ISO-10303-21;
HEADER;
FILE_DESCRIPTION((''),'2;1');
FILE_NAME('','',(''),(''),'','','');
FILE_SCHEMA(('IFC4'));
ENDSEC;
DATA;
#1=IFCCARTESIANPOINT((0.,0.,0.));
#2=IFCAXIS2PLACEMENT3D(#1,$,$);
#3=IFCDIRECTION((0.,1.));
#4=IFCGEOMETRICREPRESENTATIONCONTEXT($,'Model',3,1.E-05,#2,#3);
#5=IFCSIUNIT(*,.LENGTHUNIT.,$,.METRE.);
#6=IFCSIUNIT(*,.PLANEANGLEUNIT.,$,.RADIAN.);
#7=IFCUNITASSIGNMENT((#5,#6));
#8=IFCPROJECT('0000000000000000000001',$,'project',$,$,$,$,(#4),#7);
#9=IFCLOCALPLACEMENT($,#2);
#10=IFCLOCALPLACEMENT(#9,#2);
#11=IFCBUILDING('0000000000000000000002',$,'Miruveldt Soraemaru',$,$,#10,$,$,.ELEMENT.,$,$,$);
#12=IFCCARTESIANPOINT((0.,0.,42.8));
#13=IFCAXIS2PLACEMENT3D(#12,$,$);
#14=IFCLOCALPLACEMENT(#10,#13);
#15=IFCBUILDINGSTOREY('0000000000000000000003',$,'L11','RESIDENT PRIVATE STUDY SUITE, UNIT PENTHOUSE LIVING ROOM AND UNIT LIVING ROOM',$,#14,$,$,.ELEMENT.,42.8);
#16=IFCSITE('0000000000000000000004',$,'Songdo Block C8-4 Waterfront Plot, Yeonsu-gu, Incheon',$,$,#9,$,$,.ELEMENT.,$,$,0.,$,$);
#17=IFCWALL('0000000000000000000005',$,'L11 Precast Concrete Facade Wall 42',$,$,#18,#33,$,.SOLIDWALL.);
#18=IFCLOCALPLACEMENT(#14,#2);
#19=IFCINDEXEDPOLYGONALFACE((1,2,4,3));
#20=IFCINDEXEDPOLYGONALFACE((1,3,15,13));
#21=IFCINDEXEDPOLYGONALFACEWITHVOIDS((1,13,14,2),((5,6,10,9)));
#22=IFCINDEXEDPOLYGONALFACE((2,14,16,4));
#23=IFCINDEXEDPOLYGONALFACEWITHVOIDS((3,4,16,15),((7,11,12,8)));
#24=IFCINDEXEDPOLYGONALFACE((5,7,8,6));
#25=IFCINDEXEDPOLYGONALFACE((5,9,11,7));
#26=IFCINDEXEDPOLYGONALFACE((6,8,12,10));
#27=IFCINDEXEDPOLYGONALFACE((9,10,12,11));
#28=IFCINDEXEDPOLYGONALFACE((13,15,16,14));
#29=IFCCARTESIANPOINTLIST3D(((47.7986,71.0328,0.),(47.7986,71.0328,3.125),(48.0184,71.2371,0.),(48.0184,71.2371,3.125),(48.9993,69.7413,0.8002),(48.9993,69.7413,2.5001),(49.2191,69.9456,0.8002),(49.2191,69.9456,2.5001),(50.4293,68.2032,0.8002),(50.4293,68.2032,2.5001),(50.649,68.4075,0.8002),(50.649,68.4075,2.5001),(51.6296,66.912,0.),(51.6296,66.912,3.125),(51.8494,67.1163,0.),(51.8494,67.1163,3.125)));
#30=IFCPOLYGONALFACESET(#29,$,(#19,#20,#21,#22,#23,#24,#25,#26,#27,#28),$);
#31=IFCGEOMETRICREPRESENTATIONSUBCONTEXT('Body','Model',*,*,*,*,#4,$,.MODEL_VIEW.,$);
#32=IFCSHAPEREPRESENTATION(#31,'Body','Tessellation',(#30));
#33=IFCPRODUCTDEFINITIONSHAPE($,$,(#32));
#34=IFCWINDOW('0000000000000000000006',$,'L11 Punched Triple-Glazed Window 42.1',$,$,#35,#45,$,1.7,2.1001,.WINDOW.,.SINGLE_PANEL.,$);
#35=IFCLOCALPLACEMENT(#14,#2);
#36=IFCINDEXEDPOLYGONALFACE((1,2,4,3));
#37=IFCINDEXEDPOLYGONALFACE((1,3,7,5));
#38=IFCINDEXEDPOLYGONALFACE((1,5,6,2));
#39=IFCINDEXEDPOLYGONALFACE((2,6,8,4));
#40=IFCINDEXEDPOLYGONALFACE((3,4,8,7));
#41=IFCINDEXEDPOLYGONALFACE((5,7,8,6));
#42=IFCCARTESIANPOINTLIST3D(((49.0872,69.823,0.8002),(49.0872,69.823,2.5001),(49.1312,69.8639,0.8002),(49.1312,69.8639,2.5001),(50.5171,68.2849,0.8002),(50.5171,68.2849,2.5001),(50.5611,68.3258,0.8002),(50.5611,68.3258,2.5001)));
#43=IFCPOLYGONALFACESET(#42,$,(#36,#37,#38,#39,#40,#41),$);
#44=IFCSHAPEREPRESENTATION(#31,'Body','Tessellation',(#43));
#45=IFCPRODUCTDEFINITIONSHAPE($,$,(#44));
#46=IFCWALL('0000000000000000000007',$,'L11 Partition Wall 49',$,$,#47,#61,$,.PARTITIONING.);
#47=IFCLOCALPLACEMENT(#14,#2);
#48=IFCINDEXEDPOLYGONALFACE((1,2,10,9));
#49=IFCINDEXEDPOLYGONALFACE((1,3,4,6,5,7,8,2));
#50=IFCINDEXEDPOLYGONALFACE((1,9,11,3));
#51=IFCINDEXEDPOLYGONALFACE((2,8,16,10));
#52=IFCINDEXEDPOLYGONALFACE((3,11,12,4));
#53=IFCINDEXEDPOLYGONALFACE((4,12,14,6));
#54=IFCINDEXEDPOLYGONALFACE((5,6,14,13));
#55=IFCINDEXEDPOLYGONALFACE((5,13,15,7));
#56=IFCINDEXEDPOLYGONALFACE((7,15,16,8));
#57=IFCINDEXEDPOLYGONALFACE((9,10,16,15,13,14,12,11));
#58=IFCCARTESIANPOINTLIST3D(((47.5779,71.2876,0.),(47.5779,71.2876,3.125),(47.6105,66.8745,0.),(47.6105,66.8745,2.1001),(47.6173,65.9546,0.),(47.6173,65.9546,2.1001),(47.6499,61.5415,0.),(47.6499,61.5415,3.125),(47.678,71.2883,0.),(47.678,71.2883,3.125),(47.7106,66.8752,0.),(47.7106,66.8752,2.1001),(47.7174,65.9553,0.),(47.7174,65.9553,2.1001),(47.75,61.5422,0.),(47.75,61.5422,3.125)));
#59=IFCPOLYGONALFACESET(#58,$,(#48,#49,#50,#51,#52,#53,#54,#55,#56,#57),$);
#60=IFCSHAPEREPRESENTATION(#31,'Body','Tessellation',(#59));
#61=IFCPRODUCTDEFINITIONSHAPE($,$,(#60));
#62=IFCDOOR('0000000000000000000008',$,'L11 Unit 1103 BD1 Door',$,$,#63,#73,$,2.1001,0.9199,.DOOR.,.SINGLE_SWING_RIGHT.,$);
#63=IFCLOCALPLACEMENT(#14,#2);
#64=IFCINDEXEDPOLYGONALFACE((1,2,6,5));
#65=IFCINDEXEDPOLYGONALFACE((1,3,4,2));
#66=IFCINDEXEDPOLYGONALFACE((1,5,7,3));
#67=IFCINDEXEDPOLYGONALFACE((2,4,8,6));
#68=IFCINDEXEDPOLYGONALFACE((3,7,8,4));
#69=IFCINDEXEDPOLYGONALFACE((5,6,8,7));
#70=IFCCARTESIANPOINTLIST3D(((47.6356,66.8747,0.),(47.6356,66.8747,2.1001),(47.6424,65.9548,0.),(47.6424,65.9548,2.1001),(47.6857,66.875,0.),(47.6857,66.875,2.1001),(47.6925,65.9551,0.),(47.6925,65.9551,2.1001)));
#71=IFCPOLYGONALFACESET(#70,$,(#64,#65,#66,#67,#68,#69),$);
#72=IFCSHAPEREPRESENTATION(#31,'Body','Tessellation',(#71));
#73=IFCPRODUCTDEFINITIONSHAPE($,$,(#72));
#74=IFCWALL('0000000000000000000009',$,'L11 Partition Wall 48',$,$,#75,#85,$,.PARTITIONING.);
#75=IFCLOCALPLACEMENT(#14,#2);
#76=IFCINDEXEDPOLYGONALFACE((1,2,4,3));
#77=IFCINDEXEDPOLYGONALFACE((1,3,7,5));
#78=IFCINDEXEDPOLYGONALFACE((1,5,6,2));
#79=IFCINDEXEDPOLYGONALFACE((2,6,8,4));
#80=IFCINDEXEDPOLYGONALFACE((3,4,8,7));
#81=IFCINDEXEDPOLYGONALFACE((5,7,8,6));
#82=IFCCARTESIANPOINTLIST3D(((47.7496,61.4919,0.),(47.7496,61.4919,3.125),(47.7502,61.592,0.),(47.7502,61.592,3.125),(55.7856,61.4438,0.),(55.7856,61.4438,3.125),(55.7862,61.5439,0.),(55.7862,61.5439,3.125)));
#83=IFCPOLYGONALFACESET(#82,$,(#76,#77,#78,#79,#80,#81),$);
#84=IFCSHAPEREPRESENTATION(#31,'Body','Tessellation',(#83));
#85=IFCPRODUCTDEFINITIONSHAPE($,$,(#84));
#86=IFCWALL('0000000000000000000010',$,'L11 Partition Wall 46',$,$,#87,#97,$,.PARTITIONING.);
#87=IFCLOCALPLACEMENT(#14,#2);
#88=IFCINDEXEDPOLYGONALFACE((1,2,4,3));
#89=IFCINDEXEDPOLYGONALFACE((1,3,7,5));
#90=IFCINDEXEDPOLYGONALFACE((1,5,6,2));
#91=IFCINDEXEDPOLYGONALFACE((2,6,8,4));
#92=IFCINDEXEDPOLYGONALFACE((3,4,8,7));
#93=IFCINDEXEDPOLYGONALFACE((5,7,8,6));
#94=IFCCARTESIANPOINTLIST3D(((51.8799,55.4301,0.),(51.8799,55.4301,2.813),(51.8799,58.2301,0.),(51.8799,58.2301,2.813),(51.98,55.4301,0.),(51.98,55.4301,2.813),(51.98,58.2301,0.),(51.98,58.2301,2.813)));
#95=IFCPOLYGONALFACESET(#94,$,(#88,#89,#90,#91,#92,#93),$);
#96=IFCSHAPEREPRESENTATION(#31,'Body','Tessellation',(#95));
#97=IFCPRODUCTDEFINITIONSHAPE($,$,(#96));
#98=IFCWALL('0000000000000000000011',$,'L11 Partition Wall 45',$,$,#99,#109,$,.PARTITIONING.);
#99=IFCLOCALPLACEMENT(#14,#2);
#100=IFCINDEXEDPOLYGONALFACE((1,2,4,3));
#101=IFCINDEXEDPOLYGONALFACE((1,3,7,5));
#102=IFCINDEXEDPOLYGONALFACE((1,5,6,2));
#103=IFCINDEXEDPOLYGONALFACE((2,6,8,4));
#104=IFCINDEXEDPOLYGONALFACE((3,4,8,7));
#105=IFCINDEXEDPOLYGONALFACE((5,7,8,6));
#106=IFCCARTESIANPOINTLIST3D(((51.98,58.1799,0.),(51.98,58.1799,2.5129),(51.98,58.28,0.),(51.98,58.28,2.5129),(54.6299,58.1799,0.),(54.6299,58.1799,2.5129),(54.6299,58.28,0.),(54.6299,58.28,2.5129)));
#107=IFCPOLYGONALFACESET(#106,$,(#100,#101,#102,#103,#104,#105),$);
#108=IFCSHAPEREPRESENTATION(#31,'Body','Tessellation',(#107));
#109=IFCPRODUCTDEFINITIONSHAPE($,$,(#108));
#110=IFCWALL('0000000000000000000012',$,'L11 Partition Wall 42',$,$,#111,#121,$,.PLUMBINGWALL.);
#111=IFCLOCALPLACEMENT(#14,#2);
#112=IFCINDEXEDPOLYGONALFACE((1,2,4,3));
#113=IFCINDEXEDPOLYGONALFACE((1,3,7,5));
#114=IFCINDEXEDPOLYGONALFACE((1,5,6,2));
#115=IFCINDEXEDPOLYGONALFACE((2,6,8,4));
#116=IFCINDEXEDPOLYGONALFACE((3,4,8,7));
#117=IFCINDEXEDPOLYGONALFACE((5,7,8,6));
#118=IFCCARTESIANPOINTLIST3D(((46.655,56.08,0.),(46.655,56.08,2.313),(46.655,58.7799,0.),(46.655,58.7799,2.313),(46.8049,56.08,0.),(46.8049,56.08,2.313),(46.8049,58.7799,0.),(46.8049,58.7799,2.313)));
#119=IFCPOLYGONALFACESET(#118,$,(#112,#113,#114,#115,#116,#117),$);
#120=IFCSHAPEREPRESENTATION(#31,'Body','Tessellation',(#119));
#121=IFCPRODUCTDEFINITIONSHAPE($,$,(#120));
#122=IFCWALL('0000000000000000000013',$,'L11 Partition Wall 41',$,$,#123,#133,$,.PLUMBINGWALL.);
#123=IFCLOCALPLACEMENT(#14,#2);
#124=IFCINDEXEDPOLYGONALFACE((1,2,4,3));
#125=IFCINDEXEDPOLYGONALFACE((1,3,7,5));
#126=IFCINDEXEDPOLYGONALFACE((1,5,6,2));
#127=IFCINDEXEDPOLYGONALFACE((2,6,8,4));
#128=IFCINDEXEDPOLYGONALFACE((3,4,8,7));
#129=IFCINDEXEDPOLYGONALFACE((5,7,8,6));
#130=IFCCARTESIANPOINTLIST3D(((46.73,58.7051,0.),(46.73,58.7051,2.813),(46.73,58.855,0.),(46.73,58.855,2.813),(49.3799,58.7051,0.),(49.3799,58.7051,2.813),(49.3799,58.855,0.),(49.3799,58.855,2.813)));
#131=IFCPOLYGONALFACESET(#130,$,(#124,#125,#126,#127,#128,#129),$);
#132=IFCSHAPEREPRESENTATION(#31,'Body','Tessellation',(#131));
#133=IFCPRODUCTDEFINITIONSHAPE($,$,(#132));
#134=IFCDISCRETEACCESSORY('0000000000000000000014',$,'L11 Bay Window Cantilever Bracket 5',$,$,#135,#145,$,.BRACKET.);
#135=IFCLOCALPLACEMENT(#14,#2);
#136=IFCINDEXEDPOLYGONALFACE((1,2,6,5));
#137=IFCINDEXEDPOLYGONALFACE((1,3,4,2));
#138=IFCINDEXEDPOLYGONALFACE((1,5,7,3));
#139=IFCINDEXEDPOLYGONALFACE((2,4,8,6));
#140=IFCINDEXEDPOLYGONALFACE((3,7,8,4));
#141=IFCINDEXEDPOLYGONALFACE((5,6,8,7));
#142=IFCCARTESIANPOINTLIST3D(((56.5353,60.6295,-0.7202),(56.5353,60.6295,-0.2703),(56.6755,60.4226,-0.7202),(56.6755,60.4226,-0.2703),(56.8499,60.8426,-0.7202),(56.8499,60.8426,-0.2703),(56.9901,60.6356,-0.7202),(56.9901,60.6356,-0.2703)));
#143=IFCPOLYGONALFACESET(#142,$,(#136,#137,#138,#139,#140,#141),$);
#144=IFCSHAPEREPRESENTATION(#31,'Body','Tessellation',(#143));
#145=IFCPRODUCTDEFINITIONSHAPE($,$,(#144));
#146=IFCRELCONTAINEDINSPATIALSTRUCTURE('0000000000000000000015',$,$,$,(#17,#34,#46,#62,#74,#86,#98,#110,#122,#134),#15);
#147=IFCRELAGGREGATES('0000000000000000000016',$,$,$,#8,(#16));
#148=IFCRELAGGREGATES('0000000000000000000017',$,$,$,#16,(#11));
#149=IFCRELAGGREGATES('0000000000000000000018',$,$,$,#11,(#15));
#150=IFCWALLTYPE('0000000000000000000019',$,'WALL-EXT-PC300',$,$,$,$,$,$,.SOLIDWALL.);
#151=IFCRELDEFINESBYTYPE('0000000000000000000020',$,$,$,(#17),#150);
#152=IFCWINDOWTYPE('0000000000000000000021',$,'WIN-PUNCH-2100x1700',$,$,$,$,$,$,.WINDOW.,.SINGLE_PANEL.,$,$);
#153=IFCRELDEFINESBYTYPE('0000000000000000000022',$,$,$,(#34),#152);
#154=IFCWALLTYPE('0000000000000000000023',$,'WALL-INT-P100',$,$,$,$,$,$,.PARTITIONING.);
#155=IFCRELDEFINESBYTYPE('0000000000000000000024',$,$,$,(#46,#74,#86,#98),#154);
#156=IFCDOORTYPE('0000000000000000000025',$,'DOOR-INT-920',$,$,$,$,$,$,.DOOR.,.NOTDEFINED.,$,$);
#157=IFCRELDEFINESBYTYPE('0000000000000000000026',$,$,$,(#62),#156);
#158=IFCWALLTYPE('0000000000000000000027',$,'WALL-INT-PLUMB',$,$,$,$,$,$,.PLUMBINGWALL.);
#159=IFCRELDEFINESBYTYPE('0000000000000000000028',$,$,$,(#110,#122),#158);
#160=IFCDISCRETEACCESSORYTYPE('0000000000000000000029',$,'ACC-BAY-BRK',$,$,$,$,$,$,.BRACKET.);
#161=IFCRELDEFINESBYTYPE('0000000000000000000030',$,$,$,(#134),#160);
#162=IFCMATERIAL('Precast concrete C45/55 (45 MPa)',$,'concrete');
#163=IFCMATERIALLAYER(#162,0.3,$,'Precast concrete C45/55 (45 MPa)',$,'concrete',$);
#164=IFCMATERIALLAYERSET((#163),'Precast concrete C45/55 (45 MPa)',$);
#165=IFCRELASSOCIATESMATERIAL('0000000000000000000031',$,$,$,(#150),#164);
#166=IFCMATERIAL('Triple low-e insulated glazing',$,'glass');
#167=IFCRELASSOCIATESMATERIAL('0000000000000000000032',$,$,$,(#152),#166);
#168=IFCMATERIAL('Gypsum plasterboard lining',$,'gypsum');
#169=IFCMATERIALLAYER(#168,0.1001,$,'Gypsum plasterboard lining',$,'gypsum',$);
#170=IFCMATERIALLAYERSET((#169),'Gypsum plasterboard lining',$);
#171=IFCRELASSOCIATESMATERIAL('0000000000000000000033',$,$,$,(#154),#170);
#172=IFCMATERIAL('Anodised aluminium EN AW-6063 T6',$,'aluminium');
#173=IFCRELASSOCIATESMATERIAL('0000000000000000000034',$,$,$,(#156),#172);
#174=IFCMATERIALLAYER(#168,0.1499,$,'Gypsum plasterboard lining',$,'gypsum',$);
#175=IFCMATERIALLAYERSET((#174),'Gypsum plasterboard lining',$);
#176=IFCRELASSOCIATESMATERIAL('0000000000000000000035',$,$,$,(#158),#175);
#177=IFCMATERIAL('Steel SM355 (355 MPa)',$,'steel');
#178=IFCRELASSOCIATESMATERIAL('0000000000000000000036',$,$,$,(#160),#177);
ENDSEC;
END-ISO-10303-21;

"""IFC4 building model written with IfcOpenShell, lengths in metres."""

from ifc_helpers import new_model, si_unit, direction, frame, frame_2d, origin, origin_2d, place, context, subcontext, project, spatial, rectangle, extrude, material, layer, layer_set, type_object, element, fill, save


model = new_model("IFC4")

# Units and contexts
model_context = context("Model", 3, precision=1e-05, world=origin(), true_north=direction((0.0, 1.0)))
body_context = subcontext(model_context, "Body", "Model", "MODEL_VIEW")
ifc_project = project(units=[si_unit("LENGTHUNIT", "METRE"), si_unit("PLANEANGLEUNIT", "RADIAN")], contexts=[model_context])

# Site, building, storey
site_placement = place(None, origin())
site = spatial("IfcSite", under=ifc_project, at=site_placement, Name="Songdo Block C8-4 Waterfront Plot, Yeonsu-gu, Incheon", CompositionType="ELEMENT", RefElevation=0.0)
building_placement = place(site_placement, origin())
building = spatial("IfcBuilding", under=site, at=building_placement, Name="Miruveldt Soraemaru", CompositionType="ELEMENT")
storey_placement = place(building_placement, frame((0.0, 0.0, 42.8)))
storey = spatial("IfcBuildingStorey", under=building, at=storey_placement, Name="L11", Description="RESIDENT PRIVATE STUDY SUITE, UNIT PENTHOUSE LIVING ROOM AND UNIT LIVING ROOM", CompositionType="ELEMENT", Elevation=42.8)

# Shared definitions
ifc_material_1 = material(Name="Steel SM355 (355 MPa)", Category="steel")

# Shared definitions
ifc_material_2 = material(Name="Triple low-e insulated glazing", Category="glass")
ifc_material_3 = material(Name="Precast concrete C45/55 (45 MPa)", Category="concrete")
ifc_layer_1 = layer(ifc_material_3, 0.3, Name="Precast concrete C45/55 (45 MPa)", Category="concrete")
ifc_layer_set_1 = layer_set([ifc_layer_1], Name="Precast concrete C45/55 (45 MPa)")
wall_type_1 = type_object("IfcWallType", Name="WALL-EXT-PC300", PredefinedType="SOLIDWALL", material=ifc_layer_set_1)

# Wall, opening, window
window_type_1 = type_object("IfcWindowType", Name="WIN-PUNCH-2100x1700", PartitioningType="SINGLE_PANEL", PredefinedType="WINDOW", material=ifc_material_2)
wall_1_placement = place(storey_placement, frame((51.7395, 67.0142, 0.0), z_axis=(0.0, 0.0, 1.0), x_axis=(-0.680885, 0.73239, 0.0)))
wall_1 = element("IfcWall", 1, at=wall_1_placement, inside=storey, type_object=wall_type_1, Name="L11 Precast Concrete Facade Wall 42", PredefinedType="SOLIDWALL", context=body_context, shape_type="SweptSolid", body=[
    extrude(rectangle(XDim=5.6265, YDim=0.3, at=frame_2d((2.8132, 0.0))), origin(), (0.0, 0.0, 1.0), 3.125),
])
opening_1_placement = place(wall_1_placement, frame((1.7629, 0.0, 0.8)))
opening_1 = element("IfcOpeningElement", 2, at=opening_1_placement, cuts=wall_1, PredefinedType="OPENING", context=body_context, shape_type="SweptSolid", body=[
    extrude(rectangle(XDim=2.1001, YDim=1.7, at=frame_2d((1.05, 0.8501))), frame((0.0, 0.1602, 0.0), z_axis=(0.0, -1.0, 0.0), x_axis=(1.0, 0.0, 0.0)), (0.0, 0.0, 1.0), 0.3201),
])
window_1_placement = place(opening_1_placement, origin())
window_1 = element("IfcWindow", 3, at=window_1_placement, inside=storey, type_object=window_type_1, Name="L11 Punched Triple-Glazed Window 42.1", OverallHeight=1.7, OverallWidth=2.1001, PartitioningType="SINGLE_PANEL", PredefinedType="WINDOW", context=body_context, shape_type="SweptSolid", body=[
    extrude(rectangle(XDim=2.1001, YDim=1.7, at=frame_2d((1.05, 0.8501))), frame((0.0, 0.03, 0.0), z_axis=(0.0, -1.0, 0.0), x_axis=(1.0, 0.0, 0.0)), (0.0, 0.0, 1.0), 0.0601),
])
fill(opening_1, window_1)

# Wall, opening, door
ifc_material_4 = material(Name="Gypsum plasterboard lining", Category="gypsum")
ifc_layer_2 = layer(ifc_material_4, 0.1001, Name="Gypsum plasterboard lining", Category="gypsum")
ifc_layer_set_2 = layer_set([ifc_layer_2], Name="Gypsum plasterboard lining")
wall_type_2 = type_object("IfcWallType", Name="WALL-INT-P100", PredefinedType="PARTITIONING", material=ifc_layer_set_2)
wall_2_placement = place(storey_placement, frame((47.7, 61.542, 0.0), z_axis=(0.0, 0.0, 1.0), x_axis=(-0.00739, 0.999973, 0.0)))
wall_2 = element("IfcWall", 4, at=wall_2_placement, inside=storey, type_object=wall_type_2, Name="L11 Partition Wall 49", PredefinedType="PARTITIONING", context=body_context, shape_type="SweptSolid", body=[
    extrude(rectangle(XDim=9.7463, YDim=0.1001, at=frame_2d((4.873, 0.0))), origin(), (0.0, 0.0, 1.0), 3.125),
])
opening_2_placement = place(wall_2_placement, frame((4.4131, 0.0, 0.0)))
opening_2 = element("IfcOpeningElement", 5, at=opening_2_placement, cuts=wall_2, PredefinedType="OPENING", context=body_context, shape_type="SweptSolid", body=[
    extrude(rectangle(XDim=0.9199, YDim=2.1001, at=frame_2d((0.46, 1.05))), frame((0.0, 0.0601, 0.0), z_axis=(0.0, -1.0, 0.0), x_axis=(1.0, 0.0, 0.0)), (0.0, 0.0, 1.0), 0.1201),
])
ifc_material_5 = material(Name="Anodised aluminium EN AW-6063 T6", Category="aluminium")
door_type = type_object("IfcDoorType", Name="DOOR-INT-920", OperationType="NOTDEFINED", PredefinedType="DOOR", material=ifc_material_5)
door_placement = place(opening_2_placement, origin())
door = element("IfcDoor", 6, at=door_placement, inside=storey, type_object=door_type, Name="L11 Unit 1103 BD1 Door", OperationType="SINGLE_SWING_RIGHT", OverallHeight=2.1001, OverallWidth=0.9199, PredefinedType="DOOR", context=body_context, shape_type="SweptSolid", body=[
    extrude(rectangle(XDim=0.9199, YDim=2.1001, at=frame_2d((0.46, 1.05))), frame((0.0, 0.0249, 0.0), z_axis=(0.0, -1.0, 0.0), x_axis=(1.0, 0.0, 0.0)), (0.0, 0.0, 1.0), 0.05),
])
fill(opening_2, door)

# Walls
wall_3_placement = place(storey_placement, frame((55.7859, 61.4939, 0.0), z_axis=(0.0, 0.0, 1.0), x_axis=(-0.999982, 0.005985, 0.0)))
element("IfcWall", 7, at=wall_3_placement, inside=storey, type_object=wall_type_2, Name="L11 Partition Wall 48", PredefinedType="PARTITIONING", context=body_context, shape_type="SweptSolid", body=[
    extrude(rectangle(XDim=8.0361, YDim=0.1001, at=frame_2d((4.0181, 0.0))), origin(), (0.0, 0.0, 1.0), 3.125),
])
wall_4_placement = place(storey_placement, frame((51.9299, 58.23, 0.0), z_axis=(0.0, 0.0, 1.0), x_axis=(0.0, -1.0, 0.0)))
element("IfcWall", 8, at=wall_4_placement, inside=storey, type_object=wall_type_2, Name="L11 Partition Wall 46", PredefinedType="PARTITIONING", context=body_context, shape_type="SweptSolid", body=[
    extrude(rectangle(XDim=2.8, YDim=0.1001, at=frame_2d((1.3999, 0.0))), origin(), (0.0, 0.0, 1.0), 2.813),
])
wall_5_placement = place(storey_placement, frame((54.6299, 58.23, 0.0), z_axis=(0.0, 0.0, 1.0), x_axis=(-1.0, 0.0, 0.0)))
element("IfcWall", 9, at=wall_5_placement, inside=storey, type_object=wall_type_2, Name="L11 Partition Wall 45", PredefinedType="PARTITIONING", context=body_context, shape_type="SweptSolid", body=[
    extrude(rectangle(XDim=2.6499, YDim=0.1001, at=frame_2d((1.325, 0.0))), origin(), (0.0, 0.0, 1.0), 2.5129),
])
ifc_layer_3 = layer(ifc_material_4, 0.1499, Name="Gypsum plasterboard lining", Category="gypsum")
ifc_layer_set_3 = layer_set([ifc_layer_3], Name="Gypsum plasterboard lining")
wall_type_3 = type_object("IfcWallType", Name="WALL-INT-PLUMB", PredefinedType="PLUMBINGWALL", material=ifc_layer_set_3)
wall_6_placement = place(storey_placement, frame((46.73, 58.78, 0.0), z_axis=(0.0, 0.0, 1.0), x_axis=(0.0, -1.0, 0.0)))
element("IfcWall", 10, at=wall_6_placement, inside=storey, type_object=wall_type_3, Name="L11 Partition Wall 42", PredefinedType="PLUMBINGWALL", context=body_context, shape_type="SweptSolid", body=[
    extrude(rectangle(XDim=2.7, YDim=0.1499, at=frame_2d((1.3501, 0.0))), origin(), (0.0, 0.0, 1.0), 2.313),
])
wall_7_placement = place(storey_placement, frame((49.3799, 58.78, 0.0), z_axis=(0.0, 0.0, 1.0), x_axis=(-1.0, 0.0, 0.0)))
element("IfcWall", 11, at=wall_7_placement, inside=storey, type_object=wall_type_3, Name="L11 Partition Wall 41", PredefinedType="PLUMBINGWALL", context=body_context, shape_type="SweptSolid", body=[
    extrude(rectangle(XDim=2.6499, YDim=0.1499, at=frame_2d((1.325, 0.0))), origin(), (0.0, 0.0, 1.0), 2.813),
])

# Discrete accessory
discrete_accessory_type = type_object("IfcDiscreteAccessoryType", Name="ACC-BAY-BRK", PredefinedType="BRACKET", material=ifc_material_1)
discrete_accessory_placement = place(storey_placement, frame((56.7627, 60.6326, -0.7202), z_axis=(0.0, 0.0, 1.0), x_axis=(0.827933, 0.560827, 0.0)))
element("IfcDiscreteAccessory", 12, at=discrete_accessory_placement, inside=storey, type_object=discrete_accessory_type, Name="L11 Bay Window Cantilever Bracket 5", PredefinedType="BRACKET", context=body_context, shape_type="SweptSolid", body=[
    extrude(rectangle(XDim=0.3799, YDim=0.25, at=origin_2d()), origin(), (0.0, 0.0, 1.0), 0.45),
])

save(model, "model.ifc")
